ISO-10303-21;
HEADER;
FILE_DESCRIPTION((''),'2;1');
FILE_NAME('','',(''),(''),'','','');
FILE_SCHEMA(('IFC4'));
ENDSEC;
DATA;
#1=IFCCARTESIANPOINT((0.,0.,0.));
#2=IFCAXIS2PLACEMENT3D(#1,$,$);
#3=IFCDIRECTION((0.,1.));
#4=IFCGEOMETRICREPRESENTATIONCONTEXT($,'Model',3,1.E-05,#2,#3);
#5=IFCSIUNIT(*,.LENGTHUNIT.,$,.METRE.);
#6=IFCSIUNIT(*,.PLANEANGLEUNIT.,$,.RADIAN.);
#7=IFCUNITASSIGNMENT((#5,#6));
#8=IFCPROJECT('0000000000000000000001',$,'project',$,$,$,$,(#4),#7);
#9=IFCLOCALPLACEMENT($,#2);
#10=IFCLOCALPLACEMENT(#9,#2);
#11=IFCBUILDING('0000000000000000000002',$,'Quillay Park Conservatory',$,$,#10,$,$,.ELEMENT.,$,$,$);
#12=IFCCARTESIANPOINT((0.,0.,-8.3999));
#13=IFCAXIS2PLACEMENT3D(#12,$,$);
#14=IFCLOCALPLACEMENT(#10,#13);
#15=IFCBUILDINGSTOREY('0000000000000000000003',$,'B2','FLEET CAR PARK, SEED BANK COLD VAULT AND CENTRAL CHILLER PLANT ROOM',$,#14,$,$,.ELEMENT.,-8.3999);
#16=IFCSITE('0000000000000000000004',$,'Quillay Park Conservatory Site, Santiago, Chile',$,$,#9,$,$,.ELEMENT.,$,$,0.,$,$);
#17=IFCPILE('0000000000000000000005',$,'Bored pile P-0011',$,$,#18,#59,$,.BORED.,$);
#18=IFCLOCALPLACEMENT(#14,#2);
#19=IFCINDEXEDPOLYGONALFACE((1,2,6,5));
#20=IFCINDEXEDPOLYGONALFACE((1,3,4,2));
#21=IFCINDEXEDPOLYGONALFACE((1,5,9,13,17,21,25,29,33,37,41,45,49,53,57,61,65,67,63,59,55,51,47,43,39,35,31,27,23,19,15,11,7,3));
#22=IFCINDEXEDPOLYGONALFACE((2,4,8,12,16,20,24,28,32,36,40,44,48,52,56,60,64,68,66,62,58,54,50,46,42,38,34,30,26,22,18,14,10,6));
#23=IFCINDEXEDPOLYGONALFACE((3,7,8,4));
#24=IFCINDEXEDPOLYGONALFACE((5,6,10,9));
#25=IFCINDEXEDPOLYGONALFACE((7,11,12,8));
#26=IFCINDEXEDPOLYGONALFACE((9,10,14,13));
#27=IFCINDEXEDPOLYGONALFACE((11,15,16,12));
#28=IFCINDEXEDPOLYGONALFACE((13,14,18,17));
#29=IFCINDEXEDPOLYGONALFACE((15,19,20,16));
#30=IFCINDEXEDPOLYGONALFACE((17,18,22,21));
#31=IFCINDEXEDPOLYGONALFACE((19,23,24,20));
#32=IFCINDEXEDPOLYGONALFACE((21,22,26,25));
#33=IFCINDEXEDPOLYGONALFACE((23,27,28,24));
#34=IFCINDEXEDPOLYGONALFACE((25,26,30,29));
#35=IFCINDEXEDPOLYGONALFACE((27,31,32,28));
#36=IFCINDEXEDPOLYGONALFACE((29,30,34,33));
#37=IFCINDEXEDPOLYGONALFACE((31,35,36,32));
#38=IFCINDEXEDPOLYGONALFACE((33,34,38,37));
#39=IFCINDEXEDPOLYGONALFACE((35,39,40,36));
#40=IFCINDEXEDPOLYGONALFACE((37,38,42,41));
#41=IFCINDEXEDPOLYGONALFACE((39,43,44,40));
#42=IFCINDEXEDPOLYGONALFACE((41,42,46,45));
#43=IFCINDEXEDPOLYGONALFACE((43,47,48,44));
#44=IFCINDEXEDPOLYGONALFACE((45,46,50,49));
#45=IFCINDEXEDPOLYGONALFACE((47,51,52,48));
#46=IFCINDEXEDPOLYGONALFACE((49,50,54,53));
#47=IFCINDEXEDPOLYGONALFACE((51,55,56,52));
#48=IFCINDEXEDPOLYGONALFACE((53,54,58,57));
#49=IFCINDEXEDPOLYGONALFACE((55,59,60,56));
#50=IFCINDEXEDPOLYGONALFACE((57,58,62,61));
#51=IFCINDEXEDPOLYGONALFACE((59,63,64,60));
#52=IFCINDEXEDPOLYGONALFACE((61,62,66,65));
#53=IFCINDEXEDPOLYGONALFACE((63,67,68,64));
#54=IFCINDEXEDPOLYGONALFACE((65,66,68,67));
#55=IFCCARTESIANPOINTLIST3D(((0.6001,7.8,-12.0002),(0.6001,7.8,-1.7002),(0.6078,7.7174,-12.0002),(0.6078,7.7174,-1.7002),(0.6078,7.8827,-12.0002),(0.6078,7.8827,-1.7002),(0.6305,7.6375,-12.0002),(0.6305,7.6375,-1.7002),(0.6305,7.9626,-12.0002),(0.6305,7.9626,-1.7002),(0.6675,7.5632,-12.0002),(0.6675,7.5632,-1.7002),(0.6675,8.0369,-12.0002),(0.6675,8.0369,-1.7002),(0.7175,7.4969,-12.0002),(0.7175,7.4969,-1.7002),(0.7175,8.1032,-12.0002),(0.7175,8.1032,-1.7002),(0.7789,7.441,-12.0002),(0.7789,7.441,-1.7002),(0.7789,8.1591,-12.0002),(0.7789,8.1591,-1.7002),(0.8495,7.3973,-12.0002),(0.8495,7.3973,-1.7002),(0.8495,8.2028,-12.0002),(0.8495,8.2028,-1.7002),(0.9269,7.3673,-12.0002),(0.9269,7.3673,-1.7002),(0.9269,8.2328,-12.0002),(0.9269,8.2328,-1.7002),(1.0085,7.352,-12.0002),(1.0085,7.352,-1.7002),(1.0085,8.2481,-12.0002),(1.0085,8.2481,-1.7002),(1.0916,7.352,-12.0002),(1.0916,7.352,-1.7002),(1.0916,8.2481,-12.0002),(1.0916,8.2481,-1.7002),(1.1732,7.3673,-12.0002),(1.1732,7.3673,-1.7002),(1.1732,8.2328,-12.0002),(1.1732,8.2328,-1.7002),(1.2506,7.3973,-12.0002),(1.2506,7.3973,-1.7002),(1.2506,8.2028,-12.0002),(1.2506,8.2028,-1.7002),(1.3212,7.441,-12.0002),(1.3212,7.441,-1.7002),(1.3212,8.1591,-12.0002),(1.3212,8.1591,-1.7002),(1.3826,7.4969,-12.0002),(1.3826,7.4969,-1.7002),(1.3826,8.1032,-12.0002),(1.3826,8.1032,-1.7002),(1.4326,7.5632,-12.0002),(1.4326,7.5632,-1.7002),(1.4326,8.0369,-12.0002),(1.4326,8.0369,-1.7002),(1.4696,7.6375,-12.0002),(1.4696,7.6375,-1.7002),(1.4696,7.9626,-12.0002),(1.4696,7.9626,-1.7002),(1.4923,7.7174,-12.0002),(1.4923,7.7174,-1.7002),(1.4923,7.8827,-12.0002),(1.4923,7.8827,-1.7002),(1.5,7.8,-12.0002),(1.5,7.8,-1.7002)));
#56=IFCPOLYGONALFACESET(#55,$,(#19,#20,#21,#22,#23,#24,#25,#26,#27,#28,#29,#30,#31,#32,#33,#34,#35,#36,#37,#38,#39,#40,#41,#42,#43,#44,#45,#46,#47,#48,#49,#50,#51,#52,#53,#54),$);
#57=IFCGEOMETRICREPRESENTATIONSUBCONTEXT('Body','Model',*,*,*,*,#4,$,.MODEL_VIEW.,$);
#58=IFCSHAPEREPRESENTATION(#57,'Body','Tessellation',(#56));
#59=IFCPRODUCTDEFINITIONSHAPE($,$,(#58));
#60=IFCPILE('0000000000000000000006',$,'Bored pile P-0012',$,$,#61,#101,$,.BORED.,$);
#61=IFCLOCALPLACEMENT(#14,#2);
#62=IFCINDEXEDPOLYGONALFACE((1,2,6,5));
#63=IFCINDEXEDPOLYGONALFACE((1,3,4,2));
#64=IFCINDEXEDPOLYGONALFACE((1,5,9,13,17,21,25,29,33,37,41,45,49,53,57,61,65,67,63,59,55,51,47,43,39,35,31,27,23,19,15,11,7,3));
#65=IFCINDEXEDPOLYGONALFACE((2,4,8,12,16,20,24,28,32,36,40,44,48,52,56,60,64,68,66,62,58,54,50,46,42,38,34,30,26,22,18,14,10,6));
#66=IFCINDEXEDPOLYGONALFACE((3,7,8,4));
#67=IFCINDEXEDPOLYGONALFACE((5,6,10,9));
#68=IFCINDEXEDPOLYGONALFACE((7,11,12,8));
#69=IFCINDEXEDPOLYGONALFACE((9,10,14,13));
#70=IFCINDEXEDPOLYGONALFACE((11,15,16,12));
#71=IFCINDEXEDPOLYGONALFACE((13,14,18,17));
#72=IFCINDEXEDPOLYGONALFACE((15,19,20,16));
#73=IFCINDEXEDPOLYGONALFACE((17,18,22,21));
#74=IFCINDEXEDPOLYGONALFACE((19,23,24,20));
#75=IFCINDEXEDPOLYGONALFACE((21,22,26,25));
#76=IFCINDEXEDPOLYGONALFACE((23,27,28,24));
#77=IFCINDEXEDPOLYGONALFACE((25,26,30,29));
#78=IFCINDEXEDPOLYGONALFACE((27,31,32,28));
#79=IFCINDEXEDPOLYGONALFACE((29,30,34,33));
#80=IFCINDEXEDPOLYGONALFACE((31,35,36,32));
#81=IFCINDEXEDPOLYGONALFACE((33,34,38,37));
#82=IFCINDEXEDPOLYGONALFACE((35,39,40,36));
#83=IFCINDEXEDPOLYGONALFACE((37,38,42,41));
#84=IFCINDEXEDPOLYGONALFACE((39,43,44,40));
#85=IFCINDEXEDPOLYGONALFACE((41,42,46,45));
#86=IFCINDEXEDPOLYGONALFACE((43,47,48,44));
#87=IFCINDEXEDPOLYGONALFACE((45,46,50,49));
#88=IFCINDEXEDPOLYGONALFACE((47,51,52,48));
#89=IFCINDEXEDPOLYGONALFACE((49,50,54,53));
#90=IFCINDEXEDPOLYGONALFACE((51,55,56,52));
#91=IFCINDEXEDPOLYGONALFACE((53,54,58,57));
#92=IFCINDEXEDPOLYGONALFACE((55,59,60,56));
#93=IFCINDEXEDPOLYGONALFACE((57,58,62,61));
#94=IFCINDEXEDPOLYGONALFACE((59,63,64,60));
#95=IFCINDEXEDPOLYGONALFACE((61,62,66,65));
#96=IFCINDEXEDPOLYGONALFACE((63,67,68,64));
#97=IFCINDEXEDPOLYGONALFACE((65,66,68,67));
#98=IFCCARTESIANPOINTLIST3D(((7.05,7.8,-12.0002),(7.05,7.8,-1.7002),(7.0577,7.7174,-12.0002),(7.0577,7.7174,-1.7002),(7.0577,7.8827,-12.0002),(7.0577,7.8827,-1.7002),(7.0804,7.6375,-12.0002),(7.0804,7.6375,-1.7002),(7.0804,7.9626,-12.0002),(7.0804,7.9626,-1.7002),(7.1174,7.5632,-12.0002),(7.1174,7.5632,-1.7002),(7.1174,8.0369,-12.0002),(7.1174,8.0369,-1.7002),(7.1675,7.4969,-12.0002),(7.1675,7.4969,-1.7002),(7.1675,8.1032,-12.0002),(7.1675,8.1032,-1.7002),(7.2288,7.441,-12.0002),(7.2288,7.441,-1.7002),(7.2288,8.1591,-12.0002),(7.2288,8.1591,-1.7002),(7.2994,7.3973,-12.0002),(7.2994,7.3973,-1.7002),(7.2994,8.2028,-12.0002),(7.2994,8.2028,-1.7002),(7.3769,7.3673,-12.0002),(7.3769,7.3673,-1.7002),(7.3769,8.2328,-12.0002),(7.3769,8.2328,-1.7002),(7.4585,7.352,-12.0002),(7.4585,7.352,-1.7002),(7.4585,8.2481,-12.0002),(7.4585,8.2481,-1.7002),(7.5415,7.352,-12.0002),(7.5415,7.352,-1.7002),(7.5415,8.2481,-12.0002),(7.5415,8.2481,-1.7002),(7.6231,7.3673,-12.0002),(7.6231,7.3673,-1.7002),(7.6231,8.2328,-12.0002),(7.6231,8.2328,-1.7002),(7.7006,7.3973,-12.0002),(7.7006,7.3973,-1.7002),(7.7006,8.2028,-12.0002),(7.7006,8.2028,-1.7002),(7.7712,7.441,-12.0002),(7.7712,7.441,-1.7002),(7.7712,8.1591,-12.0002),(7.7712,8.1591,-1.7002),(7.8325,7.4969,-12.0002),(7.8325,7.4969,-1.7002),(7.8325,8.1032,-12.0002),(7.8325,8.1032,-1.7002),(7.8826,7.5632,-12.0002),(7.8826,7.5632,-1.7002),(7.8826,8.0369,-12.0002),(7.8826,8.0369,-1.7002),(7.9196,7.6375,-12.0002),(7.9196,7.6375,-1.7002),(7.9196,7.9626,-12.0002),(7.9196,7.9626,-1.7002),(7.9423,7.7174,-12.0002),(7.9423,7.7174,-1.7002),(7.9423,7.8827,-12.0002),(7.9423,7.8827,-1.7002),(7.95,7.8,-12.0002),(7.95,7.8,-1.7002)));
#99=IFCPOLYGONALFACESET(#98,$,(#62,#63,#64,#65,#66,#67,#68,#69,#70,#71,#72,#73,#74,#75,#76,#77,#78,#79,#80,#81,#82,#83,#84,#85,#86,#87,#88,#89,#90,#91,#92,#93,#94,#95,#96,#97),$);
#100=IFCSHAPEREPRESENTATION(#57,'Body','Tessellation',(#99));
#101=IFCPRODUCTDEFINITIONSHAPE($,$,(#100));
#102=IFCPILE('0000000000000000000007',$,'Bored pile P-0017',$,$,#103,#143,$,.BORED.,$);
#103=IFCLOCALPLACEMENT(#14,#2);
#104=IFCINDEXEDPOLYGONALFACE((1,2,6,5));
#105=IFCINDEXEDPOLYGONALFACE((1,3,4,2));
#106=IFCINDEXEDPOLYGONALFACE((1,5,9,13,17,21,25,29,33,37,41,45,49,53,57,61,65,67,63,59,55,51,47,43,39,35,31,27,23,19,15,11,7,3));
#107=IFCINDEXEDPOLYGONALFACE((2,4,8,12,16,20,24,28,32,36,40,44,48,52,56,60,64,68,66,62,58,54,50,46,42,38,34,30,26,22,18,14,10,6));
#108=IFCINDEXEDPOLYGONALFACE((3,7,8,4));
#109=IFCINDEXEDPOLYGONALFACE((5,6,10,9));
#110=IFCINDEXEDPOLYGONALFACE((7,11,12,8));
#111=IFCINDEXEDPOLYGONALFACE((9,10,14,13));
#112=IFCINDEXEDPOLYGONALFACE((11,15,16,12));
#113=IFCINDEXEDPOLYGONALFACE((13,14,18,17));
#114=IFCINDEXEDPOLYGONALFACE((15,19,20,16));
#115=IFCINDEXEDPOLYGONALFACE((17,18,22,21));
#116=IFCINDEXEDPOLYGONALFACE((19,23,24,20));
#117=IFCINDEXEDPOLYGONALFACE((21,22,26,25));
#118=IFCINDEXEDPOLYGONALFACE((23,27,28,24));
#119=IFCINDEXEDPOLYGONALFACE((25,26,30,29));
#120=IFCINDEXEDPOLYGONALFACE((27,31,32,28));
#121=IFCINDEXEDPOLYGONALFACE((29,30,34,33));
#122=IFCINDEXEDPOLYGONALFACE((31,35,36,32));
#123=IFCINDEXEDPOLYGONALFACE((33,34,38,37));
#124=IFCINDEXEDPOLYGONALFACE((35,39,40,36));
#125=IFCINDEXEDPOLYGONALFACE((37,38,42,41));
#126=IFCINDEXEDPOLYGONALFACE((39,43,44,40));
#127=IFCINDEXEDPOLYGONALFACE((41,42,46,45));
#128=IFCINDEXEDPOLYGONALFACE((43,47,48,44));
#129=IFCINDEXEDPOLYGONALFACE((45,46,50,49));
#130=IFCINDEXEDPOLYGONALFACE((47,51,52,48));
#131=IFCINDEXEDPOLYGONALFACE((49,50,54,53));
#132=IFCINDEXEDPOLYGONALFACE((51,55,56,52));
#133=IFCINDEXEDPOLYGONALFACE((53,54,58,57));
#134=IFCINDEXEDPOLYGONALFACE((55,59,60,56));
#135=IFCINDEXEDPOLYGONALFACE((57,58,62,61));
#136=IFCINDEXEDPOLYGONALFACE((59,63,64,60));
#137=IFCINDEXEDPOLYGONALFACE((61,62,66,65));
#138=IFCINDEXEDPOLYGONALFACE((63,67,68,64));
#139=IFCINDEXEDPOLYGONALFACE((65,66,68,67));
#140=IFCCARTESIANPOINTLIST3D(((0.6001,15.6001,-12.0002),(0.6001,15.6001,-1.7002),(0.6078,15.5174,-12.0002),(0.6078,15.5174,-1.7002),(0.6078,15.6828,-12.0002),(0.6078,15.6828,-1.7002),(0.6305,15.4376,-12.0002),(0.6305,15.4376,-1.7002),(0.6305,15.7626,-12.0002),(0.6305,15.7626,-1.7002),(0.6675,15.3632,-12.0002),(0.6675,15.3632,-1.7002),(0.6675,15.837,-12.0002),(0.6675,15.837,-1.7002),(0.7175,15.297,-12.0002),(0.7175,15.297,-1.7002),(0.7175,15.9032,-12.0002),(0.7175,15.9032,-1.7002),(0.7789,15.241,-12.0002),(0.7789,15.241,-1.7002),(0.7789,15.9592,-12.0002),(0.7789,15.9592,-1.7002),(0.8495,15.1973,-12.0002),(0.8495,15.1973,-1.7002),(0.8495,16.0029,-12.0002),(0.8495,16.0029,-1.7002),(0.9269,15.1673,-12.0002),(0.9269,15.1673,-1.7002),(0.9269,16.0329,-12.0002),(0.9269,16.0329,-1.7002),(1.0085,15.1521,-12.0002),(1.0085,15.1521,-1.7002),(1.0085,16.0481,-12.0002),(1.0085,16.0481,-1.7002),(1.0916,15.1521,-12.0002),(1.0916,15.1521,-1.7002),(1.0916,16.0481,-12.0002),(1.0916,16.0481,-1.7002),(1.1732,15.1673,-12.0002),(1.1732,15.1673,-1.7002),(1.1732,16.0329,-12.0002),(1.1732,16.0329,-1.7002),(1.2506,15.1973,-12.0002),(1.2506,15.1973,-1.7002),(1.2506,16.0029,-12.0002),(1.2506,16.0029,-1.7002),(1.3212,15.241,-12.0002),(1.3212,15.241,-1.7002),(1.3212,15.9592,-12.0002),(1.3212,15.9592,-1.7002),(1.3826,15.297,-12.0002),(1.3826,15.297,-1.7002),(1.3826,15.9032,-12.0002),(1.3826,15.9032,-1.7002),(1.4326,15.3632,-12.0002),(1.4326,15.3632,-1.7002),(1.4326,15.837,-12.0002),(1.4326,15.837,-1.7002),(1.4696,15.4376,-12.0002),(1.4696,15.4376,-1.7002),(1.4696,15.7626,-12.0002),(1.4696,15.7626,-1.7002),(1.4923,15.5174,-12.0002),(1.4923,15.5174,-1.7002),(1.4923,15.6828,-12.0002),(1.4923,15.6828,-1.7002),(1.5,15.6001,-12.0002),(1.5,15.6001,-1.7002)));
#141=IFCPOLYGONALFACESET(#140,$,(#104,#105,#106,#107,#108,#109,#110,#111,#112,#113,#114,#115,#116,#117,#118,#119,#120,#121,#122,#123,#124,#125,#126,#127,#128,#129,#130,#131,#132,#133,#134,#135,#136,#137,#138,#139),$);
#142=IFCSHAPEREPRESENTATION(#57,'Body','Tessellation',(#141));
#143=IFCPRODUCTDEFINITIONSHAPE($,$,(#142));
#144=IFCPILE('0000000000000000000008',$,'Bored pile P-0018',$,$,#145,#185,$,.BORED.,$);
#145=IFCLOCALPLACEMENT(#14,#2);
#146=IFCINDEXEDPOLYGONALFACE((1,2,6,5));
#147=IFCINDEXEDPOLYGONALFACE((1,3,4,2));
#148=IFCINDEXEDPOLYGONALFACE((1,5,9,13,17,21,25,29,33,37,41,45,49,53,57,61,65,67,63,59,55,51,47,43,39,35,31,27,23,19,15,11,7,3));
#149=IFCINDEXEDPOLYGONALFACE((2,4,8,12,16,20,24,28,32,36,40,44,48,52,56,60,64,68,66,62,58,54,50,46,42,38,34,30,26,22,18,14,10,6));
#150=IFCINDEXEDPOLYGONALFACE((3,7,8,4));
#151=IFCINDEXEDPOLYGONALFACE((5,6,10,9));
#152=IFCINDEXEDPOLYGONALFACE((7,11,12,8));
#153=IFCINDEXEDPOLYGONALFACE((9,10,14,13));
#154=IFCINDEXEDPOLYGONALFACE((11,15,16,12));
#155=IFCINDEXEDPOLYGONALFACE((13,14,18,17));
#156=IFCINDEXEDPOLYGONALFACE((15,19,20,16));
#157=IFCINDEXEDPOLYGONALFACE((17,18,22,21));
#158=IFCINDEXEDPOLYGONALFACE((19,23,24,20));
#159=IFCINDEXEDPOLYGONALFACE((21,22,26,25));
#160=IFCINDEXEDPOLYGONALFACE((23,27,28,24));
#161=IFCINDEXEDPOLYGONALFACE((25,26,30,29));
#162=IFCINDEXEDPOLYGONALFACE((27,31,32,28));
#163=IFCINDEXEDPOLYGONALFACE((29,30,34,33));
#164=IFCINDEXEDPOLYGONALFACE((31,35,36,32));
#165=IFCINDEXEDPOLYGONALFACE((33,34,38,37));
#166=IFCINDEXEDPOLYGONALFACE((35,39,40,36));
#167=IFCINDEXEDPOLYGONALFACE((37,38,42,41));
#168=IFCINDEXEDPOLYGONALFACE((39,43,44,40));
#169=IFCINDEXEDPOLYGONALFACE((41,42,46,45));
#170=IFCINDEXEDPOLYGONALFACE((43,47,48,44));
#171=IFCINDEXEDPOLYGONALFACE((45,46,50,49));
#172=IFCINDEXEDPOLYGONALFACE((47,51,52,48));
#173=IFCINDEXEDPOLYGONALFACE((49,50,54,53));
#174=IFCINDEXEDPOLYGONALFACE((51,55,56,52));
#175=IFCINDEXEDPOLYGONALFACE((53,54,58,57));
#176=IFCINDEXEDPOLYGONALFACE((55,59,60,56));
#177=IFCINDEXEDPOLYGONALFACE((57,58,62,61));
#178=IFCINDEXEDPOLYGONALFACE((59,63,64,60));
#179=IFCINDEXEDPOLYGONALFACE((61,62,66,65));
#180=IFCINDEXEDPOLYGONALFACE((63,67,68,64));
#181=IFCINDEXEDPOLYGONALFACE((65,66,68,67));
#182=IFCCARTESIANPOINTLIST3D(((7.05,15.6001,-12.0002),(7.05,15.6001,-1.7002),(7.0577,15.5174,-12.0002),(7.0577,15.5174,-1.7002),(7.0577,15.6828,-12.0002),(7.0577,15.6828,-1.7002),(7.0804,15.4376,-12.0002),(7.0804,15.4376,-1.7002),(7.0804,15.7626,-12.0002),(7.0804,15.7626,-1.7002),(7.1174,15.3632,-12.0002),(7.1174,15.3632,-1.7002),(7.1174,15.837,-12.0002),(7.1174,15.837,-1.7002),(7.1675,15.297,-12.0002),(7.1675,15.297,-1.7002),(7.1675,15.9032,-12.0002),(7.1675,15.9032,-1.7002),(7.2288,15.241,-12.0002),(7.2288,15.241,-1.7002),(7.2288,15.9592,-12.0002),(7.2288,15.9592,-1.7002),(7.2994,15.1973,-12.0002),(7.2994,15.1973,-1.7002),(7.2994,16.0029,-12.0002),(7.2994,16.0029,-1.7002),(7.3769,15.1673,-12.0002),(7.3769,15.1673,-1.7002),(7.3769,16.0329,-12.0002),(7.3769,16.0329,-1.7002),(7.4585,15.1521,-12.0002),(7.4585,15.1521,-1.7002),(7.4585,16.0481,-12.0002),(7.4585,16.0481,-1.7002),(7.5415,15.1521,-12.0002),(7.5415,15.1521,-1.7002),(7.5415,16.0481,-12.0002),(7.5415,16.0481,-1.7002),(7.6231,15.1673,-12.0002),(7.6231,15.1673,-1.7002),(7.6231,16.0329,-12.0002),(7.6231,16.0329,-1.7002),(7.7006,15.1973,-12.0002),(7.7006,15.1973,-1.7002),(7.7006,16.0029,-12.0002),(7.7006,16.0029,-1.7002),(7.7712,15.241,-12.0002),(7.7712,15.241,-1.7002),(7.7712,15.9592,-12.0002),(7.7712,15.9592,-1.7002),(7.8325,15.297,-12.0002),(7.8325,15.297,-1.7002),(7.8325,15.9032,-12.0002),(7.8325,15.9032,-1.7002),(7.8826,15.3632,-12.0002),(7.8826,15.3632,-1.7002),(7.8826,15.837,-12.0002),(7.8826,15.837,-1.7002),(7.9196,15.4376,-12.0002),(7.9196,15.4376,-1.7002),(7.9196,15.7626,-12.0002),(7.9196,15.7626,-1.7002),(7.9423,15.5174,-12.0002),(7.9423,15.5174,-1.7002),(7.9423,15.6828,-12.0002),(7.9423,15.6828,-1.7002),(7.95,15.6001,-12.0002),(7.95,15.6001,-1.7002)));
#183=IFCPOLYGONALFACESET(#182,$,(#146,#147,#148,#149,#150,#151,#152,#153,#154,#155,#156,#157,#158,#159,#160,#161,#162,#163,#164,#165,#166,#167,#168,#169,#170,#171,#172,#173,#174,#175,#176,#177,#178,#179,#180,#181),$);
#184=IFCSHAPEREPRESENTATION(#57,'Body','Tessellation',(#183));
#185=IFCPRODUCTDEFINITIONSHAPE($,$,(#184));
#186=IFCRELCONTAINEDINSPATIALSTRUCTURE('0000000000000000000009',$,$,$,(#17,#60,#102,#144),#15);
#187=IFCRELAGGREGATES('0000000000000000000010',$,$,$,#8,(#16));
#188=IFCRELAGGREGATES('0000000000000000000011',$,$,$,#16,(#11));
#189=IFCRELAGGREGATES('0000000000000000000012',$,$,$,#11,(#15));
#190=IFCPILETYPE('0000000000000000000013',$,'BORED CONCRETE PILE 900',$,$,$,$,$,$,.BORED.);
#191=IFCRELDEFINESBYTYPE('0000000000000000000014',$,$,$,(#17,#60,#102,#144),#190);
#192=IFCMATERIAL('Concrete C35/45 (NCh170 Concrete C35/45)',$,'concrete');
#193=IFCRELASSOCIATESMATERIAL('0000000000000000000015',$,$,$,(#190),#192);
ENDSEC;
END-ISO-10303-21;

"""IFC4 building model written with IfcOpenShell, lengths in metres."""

from ifc_helpers import new_model, si_unit, direction, frame, origin, origin_2d, place, context, subcontext, project, spatial, circle, extrude, material, material_profile, profile_set, type_object, element, save


model = new_model("IFC4")

# Units and contexts
model_context = context("Model", 3, precision=1e-05, world=origin(), true_north=direction((0.0, 1.0)))
body_context = subcontext(model_context, "Body", "Model", "MODEL_VIEW")
ifc_project = project(units=[si_unit("LENGTHUNIT", "METRE"), si_unit("PLANEANGLEUNIT", "RADIAN")], contexts=[model_context])

# Site, building, storey
site_placement = place(None, origin())
site = spatial("IfcSite", under=ifc_project, at=site_placement, Name="Quillay Park Conservatory Site, Santiago, Chile", CompositionType="ELEMENT", RefElevation=0.0)
building_placement = place(site_placement, origin())
building = spatial("IfcBuilding", under=site, at=building_placement, Name="Quillay Park Conservatory", CompositionType="ELEMENT")
storey_placement = place(building_placement, frame((0.0, 0.0, -8.3999)))
storey = spatial("IfcBuildingStorey", under=building, at=storey_placement, Name="B2", Description="FLEET CAR PARK, SEED BANK COLD VAULT AND CENTRAL CHILLER PLANT ROOM", CompositionType="ELEMENT", Elevation=-8.3999)

# Piles
ifc_material_1 = material(Name="Concrete C35/45 (NCh170 Concrete C35/45)", Category="concrete")
ifc_material_profile_1 = material_profile(ifc_material_1, circle(Radius=0.45, at=origin_2d()), Name="PILE900")
ifc_profile_set_1 = profile_set([ifc_material_profile_1], Name="Concrete C35/45 (NCh170 Concrete C35/45)")
pile_type = type_object("IfcPileType", Name="BORED CONCRETE PILE 900", PredefinedType="BORED", material=ifc_profile_set_1)
for number, where, z_axis, x_axis, name in (
    (1, (1.05, 7.8, -1.7002), (0.0, 0.0, -1.0), (1.0, 0.0, 0.0), "Bored pile P-0011"),
    (2, (7.5, 7.8, -1.7002), (0.0, 0.0, -1.0), (1.0, 0.0, 0.0), "Bored pile P-0012"),
    (3, (1.05, 15.6001, -1.7002), (0.0, 0.0, -1.0), (1.0, 0.0, 0.0), "Bored pile P-0017"),
    (4, (7.5, 15.6001, -1.7002), (0.0, 0.0, -1.0), (1.0, 0.0, 0.0), "Bored pile P-0018"),
):
    element("IfcPile", number, at=place(storey_placement, frame(where, z_axis=z_axis, x_axis=x_axis)), inside=storey, type_object=pile_type, Name=name, PredefinedType="BORED", context=body_context, shape_type="SweptSolid", body=[
        extrude(circle(Radius=0.45, at=origin_2d()), origin(), (0.0, 0.0, 1.0), 10.3),
    ])

save(model, "model.ifc")
